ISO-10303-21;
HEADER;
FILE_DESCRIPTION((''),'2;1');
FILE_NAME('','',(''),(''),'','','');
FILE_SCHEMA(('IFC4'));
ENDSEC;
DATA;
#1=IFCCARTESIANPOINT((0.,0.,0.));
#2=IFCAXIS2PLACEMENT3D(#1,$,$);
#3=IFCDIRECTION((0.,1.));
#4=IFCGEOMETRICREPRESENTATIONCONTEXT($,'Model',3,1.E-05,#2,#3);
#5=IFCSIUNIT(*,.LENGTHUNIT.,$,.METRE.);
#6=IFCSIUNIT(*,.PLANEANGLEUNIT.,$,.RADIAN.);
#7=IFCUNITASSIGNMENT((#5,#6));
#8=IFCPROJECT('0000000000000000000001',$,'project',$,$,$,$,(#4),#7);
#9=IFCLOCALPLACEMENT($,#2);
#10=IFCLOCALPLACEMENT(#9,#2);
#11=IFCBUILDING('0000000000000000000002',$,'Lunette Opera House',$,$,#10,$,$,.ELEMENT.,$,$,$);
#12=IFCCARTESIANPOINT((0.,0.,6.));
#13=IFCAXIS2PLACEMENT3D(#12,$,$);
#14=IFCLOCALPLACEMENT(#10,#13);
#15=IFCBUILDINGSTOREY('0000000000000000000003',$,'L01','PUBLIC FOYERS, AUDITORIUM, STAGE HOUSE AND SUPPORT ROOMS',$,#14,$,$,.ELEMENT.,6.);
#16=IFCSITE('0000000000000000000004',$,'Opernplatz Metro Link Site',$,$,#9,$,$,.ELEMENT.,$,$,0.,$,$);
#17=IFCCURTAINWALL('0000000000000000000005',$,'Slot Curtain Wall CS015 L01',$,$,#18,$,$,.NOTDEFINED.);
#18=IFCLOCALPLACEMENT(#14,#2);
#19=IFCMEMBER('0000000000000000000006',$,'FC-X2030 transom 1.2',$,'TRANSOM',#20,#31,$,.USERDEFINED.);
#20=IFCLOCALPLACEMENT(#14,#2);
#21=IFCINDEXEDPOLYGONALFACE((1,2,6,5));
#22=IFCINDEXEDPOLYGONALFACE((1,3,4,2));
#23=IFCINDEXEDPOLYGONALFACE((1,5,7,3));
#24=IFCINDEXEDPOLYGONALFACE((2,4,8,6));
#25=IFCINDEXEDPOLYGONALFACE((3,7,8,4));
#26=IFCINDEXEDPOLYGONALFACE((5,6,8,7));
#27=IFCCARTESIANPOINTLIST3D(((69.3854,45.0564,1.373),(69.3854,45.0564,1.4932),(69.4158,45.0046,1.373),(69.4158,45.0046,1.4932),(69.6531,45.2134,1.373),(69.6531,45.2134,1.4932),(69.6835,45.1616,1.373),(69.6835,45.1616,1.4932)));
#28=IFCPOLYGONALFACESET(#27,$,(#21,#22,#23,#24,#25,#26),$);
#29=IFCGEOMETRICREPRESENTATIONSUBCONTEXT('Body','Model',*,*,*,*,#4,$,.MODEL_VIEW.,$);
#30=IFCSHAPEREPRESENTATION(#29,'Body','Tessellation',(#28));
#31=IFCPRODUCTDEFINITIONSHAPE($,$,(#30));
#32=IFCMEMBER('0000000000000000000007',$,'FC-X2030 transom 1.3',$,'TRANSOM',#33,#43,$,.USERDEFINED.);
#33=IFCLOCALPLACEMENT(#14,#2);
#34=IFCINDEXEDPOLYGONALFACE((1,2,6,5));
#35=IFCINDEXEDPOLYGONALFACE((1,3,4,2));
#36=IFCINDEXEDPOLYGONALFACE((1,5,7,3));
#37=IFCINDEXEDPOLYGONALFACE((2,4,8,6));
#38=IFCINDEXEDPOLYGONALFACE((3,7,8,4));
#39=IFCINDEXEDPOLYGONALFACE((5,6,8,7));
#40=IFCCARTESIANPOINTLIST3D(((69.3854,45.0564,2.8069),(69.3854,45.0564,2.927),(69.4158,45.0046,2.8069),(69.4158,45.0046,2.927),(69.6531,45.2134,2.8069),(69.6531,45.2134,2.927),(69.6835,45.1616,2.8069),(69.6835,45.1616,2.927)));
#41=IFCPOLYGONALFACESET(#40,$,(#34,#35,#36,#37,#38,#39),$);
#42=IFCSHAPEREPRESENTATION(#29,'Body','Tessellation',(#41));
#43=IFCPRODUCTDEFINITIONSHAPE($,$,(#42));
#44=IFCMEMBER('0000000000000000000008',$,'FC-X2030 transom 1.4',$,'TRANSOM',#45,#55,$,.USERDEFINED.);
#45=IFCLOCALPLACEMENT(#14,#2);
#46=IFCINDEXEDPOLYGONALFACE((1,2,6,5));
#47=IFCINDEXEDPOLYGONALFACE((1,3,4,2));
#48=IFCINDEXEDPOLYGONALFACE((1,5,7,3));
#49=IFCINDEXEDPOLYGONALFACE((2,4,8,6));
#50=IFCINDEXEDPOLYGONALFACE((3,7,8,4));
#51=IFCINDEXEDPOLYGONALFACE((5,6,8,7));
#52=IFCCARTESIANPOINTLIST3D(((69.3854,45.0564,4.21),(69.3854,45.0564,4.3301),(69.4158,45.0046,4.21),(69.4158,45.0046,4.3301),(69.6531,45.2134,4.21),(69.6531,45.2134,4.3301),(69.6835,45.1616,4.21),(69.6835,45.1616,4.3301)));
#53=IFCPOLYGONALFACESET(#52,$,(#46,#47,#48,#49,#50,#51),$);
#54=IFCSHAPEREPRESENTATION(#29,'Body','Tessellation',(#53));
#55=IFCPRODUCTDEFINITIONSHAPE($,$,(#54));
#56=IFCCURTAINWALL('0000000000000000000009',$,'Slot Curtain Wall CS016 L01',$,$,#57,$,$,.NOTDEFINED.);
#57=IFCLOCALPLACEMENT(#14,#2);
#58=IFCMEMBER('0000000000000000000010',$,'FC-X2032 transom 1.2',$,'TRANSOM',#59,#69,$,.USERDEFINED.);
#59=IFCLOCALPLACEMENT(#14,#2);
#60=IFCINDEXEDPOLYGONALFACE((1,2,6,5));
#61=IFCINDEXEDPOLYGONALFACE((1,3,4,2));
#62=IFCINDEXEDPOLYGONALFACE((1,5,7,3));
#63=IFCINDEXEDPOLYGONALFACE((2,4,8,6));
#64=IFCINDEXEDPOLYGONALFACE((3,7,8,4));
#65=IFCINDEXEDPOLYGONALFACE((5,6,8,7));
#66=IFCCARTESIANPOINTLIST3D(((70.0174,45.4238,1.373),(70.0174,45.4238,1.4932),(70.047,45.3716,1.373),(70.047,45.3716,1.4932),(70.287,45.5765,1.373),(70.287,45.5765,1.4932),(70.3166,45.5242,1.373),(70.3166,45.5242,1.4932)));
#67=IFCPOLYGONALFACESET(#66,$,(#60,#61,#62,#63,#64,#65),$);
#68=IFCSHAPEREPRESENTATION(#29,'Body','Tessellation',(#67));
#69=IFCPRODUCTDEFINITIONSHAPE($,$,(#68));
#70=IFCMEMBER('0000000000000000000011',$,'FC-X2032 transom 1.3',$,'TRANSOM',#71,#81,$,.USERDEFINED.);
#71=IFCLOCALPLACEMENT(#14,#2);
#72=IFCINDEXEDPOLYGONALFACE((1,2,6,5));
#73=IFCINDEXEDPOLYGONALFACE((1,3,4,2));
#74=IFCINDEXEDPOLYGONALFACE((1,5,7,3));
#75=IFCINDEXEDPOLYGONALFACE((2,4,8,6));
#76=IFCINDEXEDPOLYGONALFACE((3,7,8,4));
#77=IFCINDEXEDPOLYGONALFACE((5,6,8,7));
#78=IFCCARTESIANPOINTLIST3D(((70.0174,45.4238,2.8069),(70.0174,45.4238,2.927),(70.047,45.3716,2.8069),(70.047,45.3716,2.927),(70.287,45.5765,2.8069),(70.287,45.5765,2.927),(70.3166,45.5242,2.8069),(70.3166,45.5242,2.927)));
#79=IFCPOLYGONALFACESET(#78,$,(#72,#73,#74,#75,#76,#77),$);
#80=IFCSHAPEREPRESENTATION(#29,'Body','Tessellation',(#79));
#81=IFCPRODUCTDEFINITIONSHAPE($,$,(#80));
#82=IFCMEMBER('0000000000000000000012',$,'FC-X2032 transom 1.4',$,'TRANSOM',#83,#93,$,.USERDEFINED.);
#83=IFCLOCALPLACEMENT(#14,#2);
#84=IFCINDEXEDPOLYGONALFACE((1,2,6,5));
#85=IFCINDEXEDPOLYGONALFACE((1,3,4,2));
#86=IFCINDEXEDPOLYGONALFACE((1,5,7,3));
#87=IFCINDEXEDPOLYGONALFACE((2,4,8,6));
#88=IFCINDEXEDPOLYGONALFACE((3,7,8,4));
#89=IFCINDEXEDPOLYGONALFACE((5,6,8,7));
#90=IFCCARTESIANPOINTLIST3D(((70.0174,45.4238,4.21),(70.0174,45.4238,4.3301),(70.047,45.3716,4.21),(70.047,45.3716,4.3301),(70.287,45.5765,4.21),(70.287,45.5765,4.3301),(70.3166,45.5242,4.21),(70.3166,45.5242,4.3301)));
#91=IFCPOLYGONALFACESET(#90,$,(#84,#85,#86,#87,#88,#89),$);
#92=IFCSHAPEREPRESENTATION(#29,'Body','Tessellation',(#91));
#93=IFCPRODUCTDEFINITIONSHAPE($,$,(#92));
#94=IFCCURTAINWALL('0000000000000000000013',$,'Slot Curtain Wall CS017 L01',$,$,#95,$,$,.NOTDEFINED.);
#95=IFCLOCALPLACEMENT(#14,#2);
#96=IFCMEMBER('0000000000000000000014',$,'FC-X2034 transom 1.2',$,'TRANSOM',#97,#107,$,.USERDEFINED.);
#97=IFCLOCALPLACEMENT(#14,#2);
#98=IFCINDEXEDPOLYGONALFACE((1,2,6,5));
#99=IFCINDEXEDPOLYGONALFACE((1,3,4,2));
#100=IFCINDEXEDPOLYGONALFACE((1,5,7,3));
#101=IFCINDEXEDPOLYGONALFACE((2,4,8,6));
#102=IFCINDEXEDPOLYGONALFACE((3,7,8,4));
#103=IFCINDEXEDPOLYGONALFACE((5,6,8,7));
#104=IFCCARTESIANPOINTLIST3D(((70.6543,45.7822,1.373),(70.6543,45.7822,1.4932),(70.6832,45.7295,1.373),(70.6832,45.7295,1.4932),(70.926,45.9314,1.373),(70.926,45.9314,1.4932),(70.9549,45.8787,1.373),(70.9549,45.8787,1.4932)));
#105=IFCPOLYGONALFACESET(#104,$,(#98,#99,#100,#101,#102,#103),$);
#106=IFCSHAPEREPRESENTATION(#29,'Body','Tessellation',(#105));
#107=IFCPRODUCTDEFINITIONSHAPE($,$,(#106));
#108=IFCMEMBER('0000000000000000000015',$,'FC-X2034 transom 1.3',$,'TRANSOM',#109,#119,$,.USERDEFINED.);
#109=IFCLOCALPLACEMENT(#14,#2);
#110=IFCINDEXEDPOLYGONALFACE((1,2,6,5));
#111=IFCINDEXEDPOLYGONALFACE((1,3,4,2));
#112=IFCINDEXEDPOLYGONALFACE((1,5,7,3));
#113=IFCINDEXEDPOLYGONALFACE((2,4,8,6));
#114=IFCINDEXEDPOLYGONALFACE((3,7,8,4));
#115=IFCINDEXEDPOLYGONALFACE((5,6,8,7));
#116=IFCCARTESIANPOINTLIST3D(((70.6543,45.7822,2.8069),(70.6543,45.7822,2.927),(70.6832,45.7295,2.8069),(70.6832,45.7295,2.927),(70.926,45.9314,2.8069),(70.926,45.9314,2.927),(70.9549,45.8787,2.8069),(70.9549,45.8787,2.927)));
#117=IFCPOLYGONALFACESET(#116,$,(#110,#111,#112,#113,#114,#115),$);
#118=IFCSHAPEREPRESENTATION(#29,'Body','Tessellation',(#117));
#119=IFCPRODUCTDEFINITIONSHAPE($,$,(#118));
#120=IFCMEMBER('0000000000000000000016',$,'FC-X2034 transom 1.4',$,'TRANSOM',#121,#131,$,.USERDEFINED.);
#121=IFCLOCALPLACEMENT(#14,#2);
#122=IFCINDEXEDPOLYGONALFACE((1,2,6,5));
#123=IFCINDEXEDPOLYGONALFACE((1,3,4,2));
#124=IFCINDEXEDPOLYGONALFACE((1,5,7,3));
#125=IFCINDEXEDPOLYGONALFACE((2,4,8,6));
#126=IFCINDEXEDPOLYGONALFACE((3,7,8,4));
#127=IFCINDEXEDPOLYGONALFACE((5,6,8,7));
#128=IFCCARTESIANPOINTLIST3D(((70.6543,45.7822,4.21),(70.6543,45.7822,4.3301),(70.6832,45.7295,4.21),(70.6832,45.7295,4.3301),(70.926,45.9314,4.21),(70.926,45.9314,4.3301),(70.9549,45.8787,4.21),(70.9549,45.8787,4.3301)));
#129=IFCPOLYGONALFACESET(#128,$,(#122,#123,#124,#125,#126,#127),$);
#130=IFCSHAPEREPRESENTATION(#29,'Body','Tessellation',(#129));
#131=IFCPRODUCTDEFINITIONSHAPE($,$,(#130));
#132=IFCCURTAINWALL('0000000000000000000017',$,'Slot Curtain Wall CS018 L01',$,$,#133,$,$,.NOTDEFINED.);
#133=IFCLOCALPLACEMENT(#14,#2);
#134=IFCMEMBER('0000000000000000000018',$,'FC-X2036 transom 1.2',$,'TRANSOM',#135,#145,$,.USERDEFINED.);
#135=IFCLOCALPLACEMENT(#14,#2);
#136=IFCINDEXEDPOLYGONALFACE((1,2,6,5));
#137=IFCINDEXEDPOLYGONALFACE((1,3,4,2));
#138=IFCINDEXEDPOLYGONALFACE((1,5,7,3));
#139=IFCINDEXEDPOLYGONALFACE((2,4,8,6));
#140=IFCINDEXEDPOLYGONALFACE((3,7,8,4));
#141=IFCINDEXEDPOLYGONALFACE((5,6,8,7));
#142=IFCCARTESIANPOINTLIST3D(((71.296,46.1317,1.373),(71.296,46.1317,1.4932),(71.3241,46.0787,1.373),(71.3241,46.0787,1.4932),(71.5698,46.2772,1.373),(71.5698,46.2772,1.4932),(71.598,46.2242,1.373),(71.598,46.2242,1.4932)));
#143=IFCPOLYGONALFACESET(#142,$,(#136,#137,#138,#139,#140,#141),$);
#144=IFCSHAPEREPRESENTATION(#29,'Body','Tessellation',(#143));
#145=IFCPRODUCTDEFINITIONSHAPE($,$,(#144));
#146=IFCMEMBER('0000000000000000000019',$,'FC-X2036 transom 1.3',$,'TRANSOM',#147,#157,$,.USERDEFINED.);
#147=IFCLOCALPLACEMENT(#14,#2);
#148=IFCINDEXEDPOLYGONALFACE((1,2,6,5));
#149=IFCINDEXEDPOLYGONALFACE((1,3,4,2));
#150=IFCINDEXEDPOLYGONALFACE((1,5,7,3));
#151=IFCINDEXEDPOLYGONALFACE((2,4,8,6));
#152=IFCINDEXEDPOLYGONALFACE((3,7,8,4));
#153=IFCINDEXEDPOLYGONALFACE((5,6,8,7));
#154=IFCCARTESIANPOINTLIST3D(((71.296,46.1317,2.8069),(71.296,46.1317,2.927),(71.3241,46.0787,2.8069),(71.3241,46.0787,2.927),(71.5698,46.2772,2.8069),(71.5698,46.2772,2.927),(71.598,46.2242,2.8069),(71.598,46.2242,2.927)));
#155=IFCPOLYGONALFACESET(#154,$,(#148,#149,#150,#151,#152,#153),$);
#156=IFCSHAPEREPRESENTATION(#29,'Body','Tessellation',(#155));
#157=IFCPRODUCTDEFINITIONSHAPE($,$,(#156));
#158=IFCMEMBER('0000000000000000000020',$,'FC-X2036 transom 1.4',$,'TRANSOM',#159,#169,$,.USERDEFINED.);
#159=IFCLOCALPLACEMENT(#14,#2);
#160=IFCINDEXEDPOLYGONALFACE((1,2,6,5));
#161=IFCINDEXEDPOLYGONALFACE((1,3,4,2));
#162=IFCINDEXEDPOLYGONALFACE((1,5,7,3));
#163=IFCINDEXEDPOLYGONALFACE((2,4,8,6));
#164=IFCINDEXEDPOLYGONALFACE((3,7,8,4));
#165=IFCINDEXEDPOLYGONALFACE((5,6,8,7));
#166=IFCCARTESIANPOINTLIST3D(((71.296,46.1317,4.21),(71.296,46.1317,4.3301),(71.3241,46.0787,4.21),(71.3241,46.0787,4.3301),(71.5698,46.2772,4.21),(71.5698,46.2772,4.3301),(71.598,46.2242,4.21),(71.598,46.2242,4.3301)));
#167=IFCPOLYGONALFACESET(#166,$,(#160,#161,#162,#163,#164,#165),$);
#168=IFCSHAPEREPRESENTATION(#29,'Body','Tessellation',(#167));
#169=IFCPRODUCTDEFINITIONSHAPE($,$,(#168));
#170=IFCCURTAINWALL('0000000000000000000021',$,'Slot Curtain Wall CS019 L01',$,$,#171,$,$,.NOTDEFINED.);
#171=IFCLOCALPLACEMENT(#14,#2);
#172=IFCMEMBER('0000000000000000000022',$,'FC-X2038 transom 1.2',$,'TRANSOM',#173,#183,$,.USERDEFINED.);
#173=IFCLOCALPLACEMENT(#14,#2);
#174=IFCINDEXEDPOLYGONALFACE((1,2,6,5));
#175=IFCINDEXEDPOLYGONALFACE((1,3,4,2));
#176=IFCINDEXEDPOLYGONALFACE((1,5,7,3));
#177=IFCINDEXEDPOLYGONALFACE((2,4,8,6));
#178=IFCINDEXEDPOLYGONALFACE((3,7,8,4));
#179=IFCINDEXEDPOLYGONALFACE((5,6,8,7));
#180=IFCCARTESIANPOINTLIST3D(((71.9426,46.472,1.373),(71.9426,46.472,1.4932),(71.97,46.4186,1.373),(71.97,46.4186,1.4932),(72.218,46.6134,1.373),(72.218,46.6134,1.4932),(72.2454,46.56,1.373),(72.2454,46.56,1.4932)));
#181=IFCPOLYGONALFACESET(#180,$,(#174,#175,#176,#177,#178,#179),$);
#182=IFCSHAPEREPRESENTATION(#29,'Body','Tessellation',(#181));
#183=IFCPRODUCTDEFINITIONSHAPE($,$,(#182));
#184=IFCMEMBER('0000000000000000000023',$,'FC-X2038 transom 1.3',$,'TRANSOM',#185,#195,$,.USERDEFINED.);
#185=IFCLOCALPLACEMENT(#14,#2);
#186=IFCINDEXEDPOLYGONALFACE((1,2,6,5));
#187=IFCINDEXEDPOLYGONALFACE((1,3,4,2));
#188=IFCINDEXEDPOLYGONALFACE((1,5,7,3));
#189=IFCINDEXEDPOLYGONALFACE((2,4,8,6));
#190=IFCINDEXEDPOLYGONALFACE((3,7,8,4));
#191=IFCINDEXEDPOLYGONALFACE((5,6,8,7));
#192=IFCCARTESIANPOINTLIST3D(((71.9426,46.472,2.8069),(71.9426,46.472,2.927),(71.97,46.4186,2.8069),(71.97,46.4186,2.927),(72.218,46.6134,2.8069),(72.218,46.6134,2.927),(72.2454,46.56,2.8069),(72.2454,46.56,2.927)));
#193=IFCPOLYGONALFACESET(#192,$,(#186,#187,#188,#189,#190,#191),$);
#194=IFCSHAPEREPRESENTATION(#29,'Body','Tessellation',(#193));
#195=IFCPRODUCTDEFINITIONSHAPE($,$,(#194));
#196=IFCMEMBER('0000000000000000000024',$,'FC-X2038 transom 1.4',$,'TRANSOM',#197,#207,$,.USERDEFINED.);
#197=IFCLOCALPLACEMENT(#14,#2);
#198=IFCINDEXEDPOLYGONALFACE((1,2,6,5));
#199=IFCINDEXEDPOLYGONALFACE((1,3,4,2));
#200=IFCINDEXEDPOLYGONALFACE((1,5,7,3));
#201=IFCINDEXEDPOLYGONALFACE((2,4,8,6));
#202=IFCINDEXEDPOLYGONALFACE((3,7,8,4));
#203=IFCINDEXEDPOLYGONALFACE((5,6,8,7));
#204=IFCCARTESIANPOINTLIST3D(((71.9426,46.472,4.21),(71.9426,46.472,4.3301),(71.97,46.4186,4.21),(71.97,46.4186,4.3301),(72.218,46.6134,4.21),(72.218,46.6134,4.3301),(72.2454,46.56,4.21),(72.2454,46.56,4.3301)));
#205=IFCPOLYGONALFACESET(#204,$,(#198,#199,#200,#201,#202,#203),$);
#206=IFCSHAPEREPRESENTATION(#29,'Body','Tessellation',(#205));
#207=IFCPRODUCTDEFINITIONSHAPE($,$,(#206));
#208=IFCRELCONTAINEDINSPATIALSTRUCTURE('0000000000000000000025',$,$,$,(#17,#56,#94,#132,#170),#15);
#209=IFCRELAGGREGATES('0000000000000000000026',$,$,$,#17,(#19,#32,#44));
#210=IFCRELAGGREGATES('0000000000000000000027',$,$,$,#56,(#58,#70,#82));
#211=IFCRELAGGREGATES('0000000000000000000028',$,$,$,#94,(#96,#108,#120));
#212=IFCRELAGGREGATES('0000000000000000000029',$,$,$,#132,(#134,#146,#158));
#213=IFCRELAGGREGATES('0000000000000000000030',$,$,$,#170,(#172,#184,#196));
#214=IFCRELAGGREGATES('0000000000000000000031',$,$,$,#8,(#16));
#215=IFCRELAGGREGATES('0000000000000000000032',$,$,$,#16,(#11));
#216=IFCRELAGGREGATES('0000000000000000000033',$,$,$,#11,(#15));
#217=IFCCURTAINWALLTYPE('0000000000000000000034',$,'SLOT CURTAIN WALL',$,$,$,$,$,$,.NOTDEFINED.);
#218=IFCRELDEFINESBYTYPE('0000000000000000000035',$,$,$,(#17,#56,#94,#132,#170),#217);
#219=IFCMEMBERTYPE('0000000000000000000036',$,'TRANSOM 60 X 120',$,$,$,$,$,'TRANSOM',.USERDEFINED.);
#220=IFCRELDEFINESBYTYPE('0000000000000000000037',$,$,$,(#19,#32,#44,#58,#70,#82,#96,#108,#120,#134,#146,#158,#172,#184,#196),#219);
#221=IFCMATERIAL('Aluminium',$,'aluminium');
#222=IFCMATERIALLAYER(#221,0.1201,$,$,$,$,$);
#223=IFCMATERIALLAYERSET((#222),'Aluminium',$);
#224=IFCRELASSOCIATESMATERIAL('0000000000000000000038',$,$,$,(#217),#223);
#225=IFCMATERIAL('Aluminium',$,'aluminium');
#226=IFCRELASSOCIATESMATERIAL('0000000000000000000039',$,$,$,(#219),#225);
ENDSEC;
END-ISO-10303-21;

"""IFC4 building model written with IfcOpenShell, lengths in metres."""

from ifc_helpers import new_model, si_unit, direction, frame, origin, origin_2d, place, context, subcontext, project, spatial, rectangle, extrude, material, layer, layer_set, material_profile, profile_set, type_object, element, aggregate, save


model = new_model("IFC4")

# Units and contexts
model_context = context("Model", 3, precision=1e-05, world=origin(), true_north=direction((0.0, 1.0)))
body_context = subcontext(model_context, "Body", "Model", "MODEL_VIEW")
ifc_project = project(units=[si_unit("LENGTHUNIT", "METRE"), si_unit("PLANEANGLEUNIT", "RADIAN")], contexts=[model_context])

# Site, building, storey
site_placement = place(None, origin())
site = spatial("IfcSite", under=ifc_project, at=site_placement, Name="Opernplatz Metro Link Site", CompositionType="ELEMENT", RefElevation=0.0)
building_placement = place(site_placement, origin())
building = spatial("IfcBuilding", under=site, at=building_placement, Name="Lunette Opera House", CompositionType="ELEMENT")
storey_placement = place(building_placement, frame((0.0, 0.0, 6.0)))
storey = spatial("IfcBuildingStorey", under=building, at=storey_placement, Name="L01", Description="PUBLIC FOYERS, AUDITORIUM, STAGE HOUSE AND SUPPORT ROOMS", CompositionType="ELEMENT", Elevation=6.0)

# Curtain walls, members
ifc_material_1 = material(Name="Aluminium", Category="aluminium")
ifc_layer_1 = layer(ifc_material_1, 0.1201)
ifc_layer_set_1 = layer_set([ifc_layer_1], Name="Aluminium")
curtain_wall_type = type_object("IfcCurtainWallType", Name="SLOT CURTAIN WALL", PredefinedType="NOTDEFINED", material=ifc_layer_set_1)
curtain_wall_1_placement = place(storey_placement, origin())
curtain_wall_1 = element("IfcCurtainWall", 1, at=curtain_wall_1_placement, inside=storey, type_object=curtain_wall_type, Name="Slot Curtain Wall CS015 L01", PredefinedType="NOTDEFINED")
ifc_material_2 = material(Name="Aluminium", Category="aluminium")
ifc_material_profile = material_profile(ifc_material_2, rectangle(XDim=0.0601, YDim=0.1201, at=origin_2d()), Name="TRANSOM 60 X 120")
ifc_profile_set = profile_set([ifc_material_profile], Name="Aluminium")
member_type = type_object("IfcMemberType", Name="TRANSOM 60 X 120", ElementType="TRANSOM", PredefinedType="USERDEFINED", material=ifc_profile_set)
member_1_placement = place(storey_placement, frame((69.4006, 45.0305, 1.4331), z_axis=(0.86252, 0.506022, 0.0), x_axis=(-0.506022, 0.86252, 0.0)))
member_1 = element("IfcMember", 2, at=member_1_placement, type_object=member_type, Name="FC-X2030 transom 1.2", ObjectType="TRANSOM", PredefinedType="USERDEFINED", context=body_context, shape_type="SweptSolid", body=[
    extrude(rectangle(XDim=0.0601, YDim=0.1201, at=origin_2d()), origin(), (0.0, 0.0, 1.0), 0.3103),
])
member_2_placement = place(storey_placement, frame((69.4006, 45.0305, 2.8669), z_axis=(0.86252, 0.506022, 0.0), x_axis=(-0.506022, 0.86252, 0.0)))
member_2 = element("IfcMember", 3, at=member_2_placement, type_object=member_type, Name="FC-X2030 transom 1.3", ObjectType="TRANSOM", PredefinedType="USERDEFINED", context=body_context, shape_type="SweptSolid", body=[
    extrude(rectangle(XDim=0.0601, YDim=0.1201, at=origin_2d()), origin(), (0.0, 0.0, 1.0), 0.3103),
])
member_3_placement = place(storey_placement, frame((69.4006, 45.0305, 4.27), z_axis=(0.86252, 0.506022, 0.0), x_axis=(-0.506022, 0.86252, 0.0)))
member_3 = element("IfcMember", 4, at=member_3_placement, type_object=member_type, Name="FC-X2030 transom 1.4", ObjectType="TRANSOM", PredefinedType="USERDEFINED", context=body_context, shape_type="SweptSolid", body=[
    extrude(rectangle(XDim=0.0601, YDim=0.1201, at=origin_2d()), origin(), (0.0, 0.0, 1.0), 0.3103),
])
curtain_wall_2_placement = place(storey_placement, origin())
curtain_wall_2 = element("IfcCurtainWall", 5, at=curtain_wall_2_placement, inside=storey, type_object=curtain_wall_type, Name="Slot Curtain Wall CS016 L01", PredefinedType="NOTDEFINED")
member_4_placement = place(storey_placement, frame((70.0322, 45.3977, 1.4331), z_axis=(0.870225, 0.492655, 0.0), x_axis=(-0.492655, 0.870225, 0.0)))
member_4 = element("IfcMember", 6, at=member_4_placement, type_object=member_type, Name="FC-X2032 transom 1.2", ObjectType="TRANSOM", PredefinedType="USERDEFINED", context=body_context, shape_type="SweptSolid", body=[
    extrude(rectangle(XDim=0.0601, YDim=0.1201, at=origin_2d()), origin(), (0.0, 0.0, 1.0), 0.3098),
])
member_5_placement = place(storey_placement, frame((70.0322, 45.3977, 2.8669), z_axis=(0.870225, 0.492655, 0.0), x_axis=(-0.492655, 0.870225, 0.0)))
member_5 = element("IfcMember", 7, at=member_5_placement, type_object=member_type, Name="FC-X2032 transom 1.3", ObjectType="TRANSOM", PredefinedType="USERDEFINED", context=body_context, shape_type="SweptSolid", body=[
    extrude(rectangle(XDim=0.0601, YDim=0.1201, at=origin_2d()), origin(), (0.0, 0.0, 1.0), 0.3098),
])
member_6_placement = place(storey_placement, frame((70.0322, 45.3977, 4.27), z_axis=(0.870225, 0.492655, 0.0), x_axis=(-0.492655, 0.870225, 0.0)))
member_6 = element("IfcMember", 8, at=member_6_placement, type_object=member_type, Name="FC-X2032 transom 1.4", ObjectType="TRANSOM", PredefinedType="USERDEFINED", context=body_context, shape_type="SweptSolid", body=[
    extrude(rectangle(XDim=0.0601, YDim=0.1201, at=origin_2d()), origin(), (0.0, 0.0, 1.0), 0.3098),
])
curtain_wall_3_placement = place(storey_placement, origin())
curtain_wall_3 = element("IfcCurtainWall", 9, at=curtain_wall_3_placement, inside=storey, type_object=curtain_wall_type, Name="Slot Curtain Wall CS017 L01", PredefinedType="NOTDEFINED")
member_7_placement = place(storey_placement, frame((70.6687, 45.7559, 1.4331), z_axis=(0.876598, 0.481223, 0.0), x_axis=(-0.481223, 0.876598, 0.0)))
member_7 = element("IfcMember", 10, at=member_7_placement, type_object=member_type, Name="FC-X2034 transom 1.2", ObjectType="TRANSOM", PredefinedType="USERDEFINED", context=body_context, shape_type="SweptSolid", body=[
    extrude(rectangle(XDim=0.0601, YDim=0.1201, at=origin_2d()), origin(), (0.0, 0.0, 1.0), 0.3101),
])
member_8_placement = place(storey_placement, frame((70.6687, 45.7559, 2.8669), z_axis=(0.876598, 0.481223, 0.0), x_axis=(-0.481223, 0.876598, 0.0)))
member_8 = element("IfcMember", 11, at=member_8_placement, type_object=member_type, Name="FC-X2034 transom 1.3", ObjectType="TRANSOM", PredefinedType="USERDEFINED", context=body_context, shape_type="SweptSolid", body=[
    extrude(rectangle(XDim=0.0601, YDim=0.1201, at=origin_2d()), origin(), (0.0, 0.0, 1.0), 0.3101),
])
member_9_placement = place(storey_placement, frame((70.6687, 45.7559, 4.27), z_axis=(0.876598, 0.481223, 0.0), x_axis=(-0.481223, 0.876598, 0.0)))
member_9 = element("IfcMember", 12, at=member_9_placement, type_object=member_type, Name="FC-X2034 transom 1.4", ObjectType="TRANSOM", PredefinedType="USERDEFINED", context=body_context, shape_type="SweptSolid", body=[
    extrude(rectangle(XDim=0.0601, YDim=0.1201, at=origin_2d()), origin(), (0.0, 0.0, 1.0), 0.3101),
])
curtain_wall_4_placement = place(storey_placement, origin())
curtain_wall_4 = element("IfcCurtainWall", 13, at=curtain_wall_4_placement, inside=storey, type_object=curtain_wall_type, Name="Slot Curtain Wall CS018 L01", PredefinedType="NOTDEFINED")
member_10_placement = place(storey_placement, frame((71.3101, 46.1052, 1.4331), z_axis=(0.883136, 0.469117, 0.0), x_axis=(-0.469117, 0.883136, 0.0)))
member_10 = element("IfcMember", 14, at=member_10_placement, type_object=member_type, Name="FC-X2036 transom 1.2", ObjectType="TRANSOM", PredefinedType="USERDEFINED", context=body_context, shape_type="SweptSolid", body=[
    extrude(rectangle(XDim=0.0601, YDim=0.1201, at=origin_2d()), origin(), (0.0, 0.0, 1.0), 0.3101),
])
member_11_placement = place(storey_placement, frame((71.3101, 46.1052, 2.8669), z_axis=(0.883136, 0.469117, 0.0), x_axis=(-0.469117, 0.883136, 0.0)))
member_11 = element("IfcMember", 15, at=member_11_placement, type_object=member_type, Name="FC-X2036 transom 1.3", ObjectType="TRANSOM", PredefinedType="USERDEFINED", context=body_context, shape_type="SweptSolid", body=[
    extrude(rectangle(XDim=0.0601, YDim=0.1201, at=origin_2d()), origin(), (0.0, 0.0, 1.0), 0.3101),
])
member_12_placement = place(storey_placement, frame((71.3101, 46.1052, 4.27), z_axis=(0.883136, 0.469117, 0.0), x_axis=(-0.469117, 0.883136, 0.0)))
member_12 = element("IfcMember", 16, at=member_12_placement, type_object=member_type, Name="FC-X2036 transom 1.4", ObjectType="TRANSOM", PredefinedType="USERDEFINED", context=body_context, shape_type="SweptSolid", body=[
    extrude(rectangle(XDim=0.0601, YDim=0.1201, at=origin_2d()), origin(), (0.0, 0.0, 1.0), 0.3101),
])
curtain_wall_5_placement = place(storey_placement, origin())
curtain_wall_5 = element("IfcCurtainWall", 17, at=curtain_wall_5_placement, inside=storey, type_object=curtain_wall_type, Name="Slot Curtain Wall CS019 L01", PredefinedType="NOTDEFINED")
member_13_placement = place(storey_placement, frame((71.9563, 46.4453, 1.4331), z_axis=(0.889645, 0.456653, 0.0), x_axis=(-0.456653, 0.889645, 0.0)))
member_13 = element("IfcMember", 18, at=member_13_placement, type_object=member_type, Name="FC-X2038 transom 1.2", ObjectType="TRANSOM", PredefinedType="USERDEFINED", context=body_context, shape_type="SweptSolid", body=[
    extrude(rectangle(XDim=0.0601, YDim=0.1201, at=origin_2d()), origin(), (0.0, 0.0, 1.0), 0.3096),
])
member_14_placement = place(storey_placement, frame((71.9563, 46.4453, 2.8669), z_axis=(0.889645, 0.456653, 0.0), x_axis=(-0.456653, 0.889645, 0.0)))
member_14 = element("IfcMember", 19, at=member_14_placement, type_object=member_type, Name="FC-X2038 transom 1.3", ObjectType="TRANSOM", PredefinedType="USERDEFINED", context=body_context, shape_type="SweptSolid", body=[
    extrude(rectangle(XDim=0.0601, YDim=0.1201, at=origin_2d()), origin(), (0.0, 0.0, 1.0), 0.3096),
])
member_15_placement = place(storey_placement, frame((71.9563, 46.4453, 4.27), z_axis=(0.889645, 0.456653, 0.0), x_axis=(-0.456653, 0.889645, 0.0)))
member_15 = element("IfcMember", 20, at=member_15_placement, type_object=member_type, Name="FC-X2038 transom 1.4", ObjectType="TRANSOM", PredefinedType="USERDEFINED", context=body_context, shape_type="SweptSolid", body=[
    extrude(rectangle(XDim=0.0601, YDim=0.1201, at=origin_2d()), origin(), (0.0, 0.0, 1.0), 0.3096),
])

aggregate(curtain_wall_1, [member_1, member_2, member_3])
aggregate(curtain_wall_2, [member_4, member_5, member_6])
aggregate(curtain_wall_3, [member_7, member_8, member_9])
aggregate(curtain_wall_4, [member_10, member_11, member_12])
aggregate(curtain_wall_5, [member_13, member_14, member_15])

save(model, "model.ifc")
